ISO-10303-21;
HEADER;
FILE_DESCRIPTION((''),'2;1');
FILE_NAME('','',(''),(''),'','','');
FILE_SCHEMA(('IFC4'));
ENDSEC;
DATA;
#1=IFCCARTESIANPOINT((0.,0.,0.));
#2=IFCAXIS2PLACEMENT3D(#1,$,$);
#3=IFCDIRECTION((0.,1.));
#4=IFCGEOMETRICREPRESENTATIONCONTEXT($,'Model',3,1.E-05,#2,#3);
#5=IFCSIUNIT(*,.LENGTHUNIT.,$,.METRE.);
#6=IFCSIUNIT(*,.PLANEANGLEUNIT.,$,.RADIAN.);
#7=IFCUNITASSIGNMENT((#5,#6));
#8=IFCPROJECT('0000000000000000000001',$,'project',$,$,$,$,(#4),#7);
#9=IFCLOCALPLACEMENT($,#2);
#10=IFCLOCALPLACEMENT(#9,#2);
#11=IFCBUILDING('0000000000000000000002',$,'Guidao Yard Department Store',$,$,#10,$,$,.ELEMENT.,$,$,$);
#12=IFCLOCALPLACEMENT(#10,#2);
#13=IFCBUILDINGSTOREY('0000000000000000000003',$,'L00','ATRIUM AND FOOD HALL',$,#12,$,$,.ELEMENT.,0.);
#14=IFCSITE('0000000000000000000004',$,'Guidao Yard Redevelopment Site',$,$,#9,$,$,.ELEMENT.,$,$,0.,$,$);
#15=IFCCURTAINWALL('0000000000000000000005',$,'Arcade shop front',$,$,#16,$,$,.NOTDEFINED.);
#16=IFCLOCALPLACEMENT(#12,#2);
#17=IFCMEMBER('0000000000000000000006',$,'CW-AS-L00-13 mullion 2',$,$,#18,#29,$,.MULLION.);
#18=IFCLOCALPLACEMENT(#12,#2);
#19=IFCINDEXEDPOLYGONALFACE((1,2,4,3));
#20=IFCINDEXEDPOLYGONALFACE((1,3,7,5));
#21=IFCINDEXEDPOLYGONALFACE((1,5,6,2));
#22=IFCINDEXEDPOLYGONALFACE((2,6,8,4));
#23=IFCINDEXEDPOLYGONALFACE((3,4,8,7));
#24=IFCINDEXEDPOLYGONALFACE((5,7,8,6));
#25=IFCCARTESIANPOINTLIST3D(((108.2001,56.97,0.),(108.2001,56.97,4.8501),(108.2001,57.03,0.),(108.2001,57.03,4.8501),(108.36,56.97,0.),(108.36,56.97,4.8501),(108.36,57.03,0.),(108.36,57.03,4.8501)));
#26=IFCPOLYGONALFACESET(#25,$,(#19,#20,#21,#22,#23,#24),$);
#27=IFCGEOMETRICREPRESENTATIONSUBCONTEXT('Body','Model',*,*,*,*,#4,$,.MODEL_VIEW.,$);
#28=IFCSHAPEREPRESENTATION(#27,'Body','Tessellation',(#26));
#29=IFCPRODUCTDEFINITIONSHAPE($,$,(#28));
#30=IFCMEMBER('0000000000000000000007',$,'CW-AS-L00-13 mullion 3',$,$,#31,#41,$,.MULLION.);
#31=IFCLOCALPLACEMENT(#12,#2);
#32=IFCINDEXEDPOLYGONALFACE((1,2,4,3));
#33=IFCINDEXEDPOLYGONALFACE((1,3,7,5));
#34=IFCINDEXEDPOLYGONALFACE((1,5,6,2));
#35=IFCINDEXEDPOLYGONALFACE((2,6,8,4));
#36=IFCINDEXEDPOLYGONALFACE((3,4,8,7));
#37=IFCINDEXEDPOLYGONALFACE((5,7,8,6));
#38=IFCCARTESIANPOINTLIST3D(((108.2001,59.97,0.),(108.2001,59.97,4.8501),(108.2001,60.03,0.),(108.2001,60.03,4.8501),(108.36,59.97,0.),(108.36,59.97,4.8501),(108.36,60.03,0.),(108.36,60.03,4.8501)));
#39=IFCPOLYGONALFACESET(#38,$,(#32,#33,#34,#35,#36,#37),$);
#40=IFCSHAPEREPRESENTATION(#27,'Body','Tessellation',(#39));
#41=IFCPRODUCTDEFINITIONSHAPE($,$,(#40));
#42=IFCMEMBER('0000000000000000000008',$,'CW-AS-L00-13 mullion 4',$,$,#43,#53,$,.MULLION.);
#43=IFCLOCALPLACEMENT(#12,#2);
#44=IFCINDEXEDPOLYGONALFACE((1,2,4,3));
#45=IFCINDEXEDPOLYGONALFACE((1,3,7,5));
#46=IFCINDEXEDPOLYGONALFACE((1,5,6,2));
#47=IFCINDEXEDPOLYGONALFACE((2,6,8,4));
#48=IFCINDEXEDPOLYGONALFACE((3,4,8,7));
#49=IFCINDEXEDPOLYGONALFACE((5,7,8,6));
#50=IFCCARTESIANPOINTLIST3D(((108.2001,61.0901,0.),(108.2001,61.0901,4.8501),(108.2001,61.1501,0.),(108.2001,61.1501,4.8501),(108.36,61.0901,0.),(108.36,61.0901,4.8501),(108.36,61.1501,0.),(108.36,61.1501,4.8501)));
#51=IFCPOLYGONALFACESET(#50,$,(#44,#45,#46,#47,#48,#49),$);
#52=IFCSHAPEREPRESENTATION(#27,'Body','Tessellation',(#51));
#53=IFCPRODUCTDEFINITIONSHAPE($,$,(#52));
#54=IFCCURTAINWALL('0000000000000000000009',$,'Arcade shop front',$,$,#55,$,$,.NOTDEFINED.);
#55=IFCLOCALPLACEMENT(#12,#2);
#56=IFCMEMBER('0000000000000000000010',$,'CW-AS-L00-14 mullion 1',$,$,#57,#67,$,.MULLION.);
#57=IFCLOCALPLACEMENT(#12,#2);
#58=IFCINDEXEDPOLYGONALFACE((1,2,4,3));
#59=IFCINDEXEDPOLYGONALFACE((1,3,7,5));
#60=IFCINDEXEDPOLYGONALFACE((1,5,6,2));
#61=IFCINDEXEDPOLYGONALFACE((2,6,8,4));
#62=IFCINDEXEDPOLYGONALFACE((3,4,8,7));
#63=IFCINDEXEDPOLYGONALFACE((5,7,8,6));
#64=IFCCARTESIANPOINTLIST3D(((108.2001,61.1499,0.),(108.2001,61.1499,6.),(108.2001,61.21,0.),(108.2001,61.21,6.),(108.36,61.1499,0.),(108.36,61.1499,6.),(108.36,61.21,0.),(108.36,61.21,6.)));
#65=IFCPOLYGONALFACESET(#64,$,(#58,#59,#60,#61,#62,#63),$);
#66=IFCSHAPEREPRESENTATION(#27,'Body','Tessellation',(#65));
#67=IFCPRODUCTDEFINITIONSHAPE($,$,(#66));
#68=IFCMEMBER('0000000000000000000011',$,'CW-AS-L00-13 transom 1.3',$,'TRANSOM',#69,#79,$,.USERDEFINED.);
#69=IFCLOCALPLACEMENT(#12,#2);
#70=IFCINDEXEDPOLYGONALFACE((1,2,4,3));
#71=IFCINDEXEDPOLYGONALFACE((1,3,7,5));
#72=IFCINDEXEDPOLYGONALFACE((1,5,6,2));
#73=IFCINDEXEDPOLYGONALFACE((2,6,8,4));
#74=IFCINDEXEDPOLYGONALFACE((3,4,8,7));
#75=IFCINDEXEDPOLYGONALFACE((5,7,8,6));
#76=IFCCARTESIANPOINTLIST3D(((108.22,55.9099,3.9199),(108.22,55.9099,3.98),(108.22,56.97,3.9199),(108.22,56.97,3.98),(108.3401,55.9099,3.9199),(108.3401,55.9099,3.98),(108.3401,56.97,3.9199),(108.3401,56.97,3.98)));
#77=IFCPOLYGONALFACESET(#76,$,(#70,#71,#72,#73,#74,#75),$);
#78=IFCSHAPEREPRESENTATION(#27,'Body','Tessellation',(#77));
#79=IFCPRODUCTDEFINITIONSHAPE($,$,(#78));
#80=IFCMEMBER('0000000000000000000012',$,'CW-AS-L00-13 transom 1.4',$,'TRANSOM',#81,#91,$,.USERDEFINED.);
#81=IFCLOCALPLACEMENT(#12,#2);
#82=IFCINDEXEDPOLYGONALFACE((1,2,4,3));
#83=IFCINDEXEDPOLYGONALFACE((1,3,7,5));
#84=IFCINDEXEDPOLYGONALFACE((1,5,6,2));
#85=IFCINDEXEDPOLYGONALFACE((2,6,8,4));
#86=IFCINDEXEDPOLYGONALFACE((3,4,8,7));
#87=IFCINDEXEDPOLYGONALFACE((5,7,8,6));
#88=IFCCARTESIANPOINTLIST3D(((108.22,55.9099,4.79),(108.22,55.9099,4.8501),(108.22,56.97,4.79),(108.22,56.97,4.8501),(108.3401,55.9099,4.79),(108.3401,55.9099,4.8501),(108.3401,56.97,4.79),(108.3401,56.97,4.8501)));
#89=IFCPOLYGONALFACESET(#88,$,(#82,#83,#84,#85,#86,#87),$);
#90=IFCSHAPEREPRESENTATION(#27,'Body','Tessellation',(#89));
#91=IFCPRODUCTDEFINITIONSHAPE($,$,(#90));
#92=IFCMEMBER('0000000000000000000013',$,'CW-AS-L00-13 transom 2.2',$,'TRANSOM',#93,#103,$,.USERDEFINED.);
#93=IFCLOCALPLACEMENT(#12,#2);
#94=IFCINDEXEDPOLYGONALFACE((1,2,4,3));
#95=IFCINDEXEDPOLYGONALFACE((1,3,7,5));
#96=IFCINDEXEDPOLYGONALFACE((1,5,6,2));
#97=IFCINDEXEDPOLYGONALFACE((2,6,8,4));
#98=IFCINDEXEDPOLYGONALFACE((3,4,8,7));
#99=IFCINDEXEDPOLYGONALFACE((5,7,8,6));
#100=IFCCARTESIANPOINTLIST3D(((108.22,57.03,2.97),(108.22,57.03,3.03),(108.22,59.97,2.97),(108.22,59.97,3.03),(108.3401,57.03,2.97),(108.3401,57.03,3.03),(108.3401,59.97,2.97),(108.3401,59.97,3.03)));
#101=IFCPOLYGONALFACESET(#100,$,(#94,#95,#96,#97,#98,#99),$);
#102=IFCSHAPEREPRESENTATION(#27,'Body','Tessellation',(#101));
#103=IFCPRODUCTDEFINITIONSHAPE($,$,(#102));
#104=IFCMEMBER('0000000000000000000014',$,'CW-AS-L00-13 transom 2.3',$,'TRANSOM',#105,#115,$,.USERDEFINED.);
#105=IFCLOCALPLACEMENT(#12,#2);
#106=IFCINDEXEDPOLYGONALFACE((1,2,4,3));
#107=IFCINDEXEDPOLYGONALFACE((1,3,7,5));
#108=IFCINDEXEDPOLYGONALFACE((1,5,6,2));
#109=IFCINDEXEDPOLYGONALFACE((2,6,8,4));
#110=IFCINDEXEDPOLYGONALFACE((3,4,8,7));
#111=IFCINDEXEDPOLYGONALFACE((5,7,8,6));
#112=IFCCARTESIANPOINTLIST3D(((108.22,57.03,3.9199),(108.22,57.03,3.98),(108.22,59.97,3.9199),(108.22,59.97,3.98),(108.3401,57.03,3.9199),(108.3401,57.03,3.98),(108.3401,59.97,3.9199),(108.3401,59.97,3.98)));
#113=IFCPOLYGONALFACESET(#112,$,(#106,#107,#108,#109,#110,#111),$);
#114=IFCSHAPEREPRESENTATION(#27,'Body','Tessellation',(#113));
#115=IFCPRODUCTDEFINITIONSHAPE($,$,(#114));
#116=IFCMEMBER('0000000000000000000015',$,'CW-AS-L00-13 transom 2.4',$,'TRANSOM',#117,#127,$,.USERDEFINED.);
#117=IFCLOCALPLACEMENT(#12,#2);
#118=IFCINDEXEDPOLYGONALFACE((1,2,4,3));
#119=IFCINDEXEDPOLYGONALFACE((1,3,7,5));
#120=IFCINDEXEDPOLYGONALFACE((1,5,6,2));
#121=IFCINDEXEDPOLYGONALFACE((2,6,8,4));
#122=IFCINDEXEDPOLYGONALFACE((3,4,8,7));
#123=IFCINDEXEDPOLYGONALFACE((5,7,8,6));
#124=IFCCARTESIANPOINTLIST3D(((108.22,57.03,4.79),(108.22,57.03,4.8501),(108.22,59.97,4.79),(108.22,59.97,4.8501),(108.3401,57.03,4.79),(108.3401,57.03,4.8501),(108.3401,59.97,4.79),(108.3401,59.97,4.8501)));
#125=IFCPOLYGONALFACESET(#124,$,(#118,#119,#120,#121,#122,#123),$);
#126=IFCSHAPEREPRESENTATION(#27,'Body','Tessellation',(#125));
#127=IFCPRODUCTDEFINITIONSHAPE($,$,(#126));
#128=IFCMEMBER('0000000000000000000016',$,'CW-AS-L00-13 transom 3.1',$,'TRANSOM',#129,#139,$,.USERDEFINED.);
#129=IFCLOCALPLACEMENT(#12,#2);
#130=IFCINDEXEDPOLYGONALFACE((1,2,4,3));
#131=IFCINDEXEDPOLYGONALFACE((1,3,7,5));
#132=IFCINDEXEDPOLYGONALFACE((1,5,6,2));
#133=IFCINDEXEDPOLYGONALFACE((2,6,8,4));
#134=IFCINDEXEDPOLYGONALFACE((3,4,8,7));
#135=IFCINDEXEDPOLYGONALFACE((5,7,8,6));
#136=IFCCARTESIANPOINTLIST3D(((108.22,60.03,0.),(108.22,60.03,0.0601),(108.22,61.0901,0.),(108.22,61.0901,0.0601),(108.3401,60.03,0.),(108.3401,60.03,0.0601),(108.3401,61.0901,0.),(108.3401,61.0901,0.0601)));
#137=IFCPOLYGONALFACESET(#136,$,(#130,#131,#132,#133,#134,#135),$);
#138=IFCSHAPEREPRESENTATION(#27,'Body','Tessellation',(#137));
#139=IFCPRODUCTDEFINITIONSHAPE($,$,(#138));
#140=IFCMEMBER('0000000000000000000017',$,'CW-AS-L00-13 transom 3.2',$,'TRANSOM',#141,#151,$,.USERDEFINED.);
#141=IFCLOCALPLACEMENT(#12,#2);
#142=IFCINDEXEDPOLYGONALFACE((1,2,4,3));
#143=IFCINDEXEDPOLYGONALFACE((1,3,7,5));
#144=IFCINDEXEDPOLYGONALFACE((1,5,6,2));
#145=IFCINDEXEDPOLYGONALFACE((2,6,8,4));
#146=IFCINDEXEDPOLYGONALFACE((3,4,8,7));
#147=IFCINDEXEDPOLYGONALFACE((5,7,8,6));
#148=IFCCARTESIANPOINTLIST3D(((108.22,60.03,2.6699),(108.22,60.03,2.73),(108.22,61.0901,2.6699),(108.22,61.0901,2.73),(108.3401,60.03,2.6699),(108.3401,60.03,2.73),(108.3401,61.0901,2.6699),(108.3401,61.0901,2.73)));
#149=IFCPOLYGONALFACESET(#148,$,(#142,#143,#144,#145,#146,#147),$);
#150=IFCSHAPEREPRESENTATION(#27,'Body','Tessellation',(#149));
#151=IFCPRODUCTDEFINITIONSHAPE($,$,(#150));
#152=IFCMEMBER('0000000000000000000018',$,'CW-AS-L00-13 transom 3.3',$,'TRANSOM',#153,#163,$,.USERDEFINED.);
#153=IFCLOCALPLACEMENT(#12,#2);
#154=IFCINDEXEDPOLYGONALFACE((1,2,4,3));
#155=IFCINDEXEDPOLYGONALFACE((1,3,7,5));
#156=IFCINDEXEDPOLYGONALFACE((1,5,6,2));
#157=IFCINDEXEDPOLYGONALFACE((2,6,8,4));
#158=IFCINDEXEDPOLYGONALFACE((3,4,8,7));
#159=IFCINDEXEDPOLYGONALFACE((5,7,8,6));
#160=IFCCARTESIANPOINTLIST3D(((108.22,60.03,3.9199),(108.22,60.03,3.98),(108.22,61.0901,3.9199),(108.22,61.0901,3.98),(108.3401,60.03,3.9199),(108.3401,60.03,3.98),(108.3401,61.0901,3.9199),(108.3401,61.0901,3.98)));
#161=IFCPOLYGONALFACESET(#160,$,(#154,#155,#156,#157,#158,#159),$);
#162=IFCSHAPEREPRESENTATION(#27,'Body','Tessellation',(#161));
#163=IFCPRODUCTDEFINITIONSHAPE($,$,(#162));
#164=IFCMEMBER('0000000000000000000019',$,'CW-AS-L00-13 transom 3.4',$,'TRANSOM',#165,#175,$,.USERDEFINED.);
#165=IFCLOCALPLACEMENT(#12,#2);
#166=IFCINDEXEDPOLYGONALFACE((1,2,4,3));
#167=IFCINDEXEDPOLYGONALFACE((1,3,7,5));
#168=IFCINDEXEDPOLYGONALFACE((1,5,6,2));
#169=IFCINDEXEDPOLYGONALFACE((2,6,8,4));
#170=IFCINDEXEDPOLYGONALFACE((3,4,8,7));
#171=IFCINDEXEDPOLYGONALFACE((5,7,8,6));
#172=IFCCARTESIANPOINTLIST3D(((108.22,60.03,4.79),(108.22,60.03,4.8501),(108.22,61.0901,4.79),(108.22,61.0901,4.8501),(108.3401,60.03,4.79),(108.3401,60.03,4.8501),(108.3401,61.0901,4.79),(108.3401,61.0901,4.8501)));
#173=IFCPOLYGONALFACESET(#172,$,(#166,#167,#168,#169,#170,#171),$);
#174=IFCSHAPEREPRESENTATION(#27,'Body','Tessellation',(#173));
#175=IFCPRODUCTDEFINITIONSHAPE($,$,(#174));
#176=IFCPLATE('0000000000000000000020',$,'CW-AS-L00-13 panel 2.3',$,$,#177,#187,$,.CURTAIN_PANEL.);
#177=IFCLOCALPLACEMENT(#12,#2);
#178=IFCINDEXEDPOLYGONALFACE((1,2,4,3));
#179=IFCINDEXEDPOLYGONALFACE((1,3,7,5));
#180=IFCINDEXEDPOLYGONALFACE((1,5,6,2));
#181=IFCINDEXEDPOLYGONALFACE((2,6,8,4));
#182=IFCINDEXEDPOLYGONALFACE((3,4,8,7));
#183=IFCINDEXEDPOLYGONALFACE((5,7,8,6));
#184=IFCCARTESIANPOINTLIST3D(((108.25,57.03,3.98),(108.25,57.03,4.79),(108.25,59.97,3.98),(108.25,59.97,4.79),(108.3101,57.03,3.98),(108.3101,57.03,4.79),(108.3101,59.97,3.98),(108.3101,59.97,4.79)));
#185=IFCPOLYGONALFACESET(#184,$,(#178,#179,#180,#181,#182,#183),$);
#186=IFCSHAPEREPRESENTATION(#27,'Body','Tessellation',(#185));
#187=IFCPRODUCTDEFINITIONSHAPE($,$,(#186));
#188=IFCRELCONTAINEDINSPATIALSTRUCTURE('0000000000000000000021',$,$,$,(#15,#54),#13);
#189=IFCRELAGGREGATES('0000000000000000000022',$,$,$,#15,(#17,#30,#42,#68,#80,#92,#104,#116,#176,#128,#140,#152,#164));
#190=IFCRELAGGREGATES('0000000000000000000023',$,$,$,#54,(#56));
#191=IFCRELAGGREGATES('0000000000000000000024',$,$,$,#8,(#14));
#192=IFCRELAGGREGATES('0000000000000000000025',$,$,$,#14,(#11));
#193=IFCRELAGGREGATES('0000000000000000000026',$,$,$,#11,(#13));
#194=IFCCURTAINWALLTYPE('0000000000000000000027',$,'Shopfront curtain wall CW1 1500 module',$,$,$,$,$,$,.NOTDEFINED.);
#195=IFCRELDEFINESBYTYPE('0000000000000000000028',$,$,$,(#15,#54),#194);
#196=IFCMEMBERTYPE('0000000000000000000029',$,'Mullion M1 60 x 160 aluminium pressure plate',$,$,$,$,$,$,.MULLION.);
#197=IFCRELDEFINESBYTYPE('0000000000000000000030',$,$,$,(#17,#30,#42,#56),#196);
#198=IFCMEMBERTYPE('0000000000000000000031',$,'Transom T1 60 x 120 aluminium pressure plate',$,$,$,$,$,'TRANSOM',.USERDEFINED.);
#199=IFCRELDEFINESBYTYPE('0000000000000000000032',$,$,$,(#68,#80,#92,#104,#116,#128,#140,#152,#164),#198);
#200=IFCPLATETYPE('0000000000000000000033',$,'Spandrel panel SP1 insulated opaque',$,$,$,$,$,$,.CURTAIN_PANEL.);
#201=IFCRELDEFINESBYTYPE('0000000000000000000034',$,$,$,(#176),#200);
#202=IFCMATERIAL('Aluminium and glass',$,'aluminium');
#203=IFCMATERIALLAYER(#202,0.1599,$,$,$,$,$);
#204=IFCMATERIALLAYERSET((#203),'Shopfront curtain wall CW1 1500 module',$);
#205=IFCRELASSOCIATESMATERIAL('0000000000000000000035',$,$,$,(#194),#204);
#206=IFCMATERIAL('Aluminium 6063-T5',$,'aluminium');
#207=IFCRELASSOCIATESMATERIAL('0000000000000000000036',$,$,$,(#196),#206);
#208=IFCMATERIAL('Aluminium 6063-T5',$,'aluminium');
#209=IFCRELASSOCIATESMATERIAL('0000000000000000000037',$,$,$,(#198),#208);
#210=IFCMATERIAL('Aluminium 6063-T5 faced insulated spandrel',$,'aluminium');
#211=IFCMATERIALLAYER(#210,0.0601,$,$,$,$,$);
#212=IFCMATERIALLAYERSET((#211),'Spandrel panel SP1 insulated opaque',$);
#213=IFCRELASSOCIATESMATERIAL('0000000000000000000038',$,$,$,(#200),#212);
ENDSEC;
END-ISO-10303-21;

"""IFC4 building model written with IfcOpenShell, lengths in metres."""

from ifc_helpers import new_model, si_unit, direction, frame, origin, origin_2d, place, context, subcontext, project, spatial, rectangle, extrude, material, layer, layer_set, material_profile, profile_set, type_object, element, aggregate, save


model = new_model("IFC4")

# Units and contexts
model_context = context("Model", 3, precision=1e-05, world=origin(), true_north=direction((0.0, 1.0)))
body_context = subcontext(model_context, "Body", "Model", "MODEL_VIEW")
ifc_project = project(units=[si_unit("LENGTHUNIT", "METRE"), si_unit("PLANEANGLEUNIT", "RADIAN")], contexts=[model_context])

# Site, building, storey
site_placement = place(None, origin())
site = spatial("IfcSite", under=ifc_project, at=site_placement, Name="Guidao Yard Redevelopment Site", CompositionType="ELEMENT", RefElevation=0.0)
building_placement = place(site_placement, origin())
building = spatial("IfcBuilding", under=site, at=building_placement, Name="Guidao Yard Department Store", CompositionType="ELEMENT")
storey_placement = place(building_placement, origin())
storey = spatial("IfcBuildingStorey", under=building, at=storey_placement, Name="L00", Description="ATRIUM AND FOOD HALL", CompositionType="ELEMENT", Elevation=0.0)

# Curtain wall, members
ifc_material_1 = material(Name="Aluminium and glass", Category="aluminium")
ifc_layer_1 = layer(ifc_material_1, 0.1599)
ifc_layer_set_1 = layer_set([ifc_layer_1], Name="Shopfront curtain wall CW1 1500 module")
curtain_wall_type = type_object("IfcCurtainWallType", Name="Shopfront curtain wall CW1 1500 module", PredefinedType="NOTDEFINED", material=ifc_layer_set_1)
curtain_wall_1_placement = place(storey_placement, origin())
curtain_wall_1 = element("IfcCurtainWall", 1, at=curtain_wall_1_placement, inside=storey, type_object=curtain_wall_type, Name="Arcade shop front", PredefinedType="NOTDEFINED")
ifc_material_2 = material(Name="Aluminium 6063-T5", Category="aluminium")
ifc_material_profile_1 = material_profile(ifc_material_2, rectangle(XDim=0.0601, YDim=0.1599, at=origin_2d()), Name="Mullion M1 60 x 160 aluminium pressure plate")
ifc_profile_set_1 = profile_set([ifc_material_profile_1], Name="Aluminium 6063-T5")
member_type_1 = type_object("IfcMemberType", Name="Mullion M1 60 x 160 aluminium pressure plate", PredefinedType="MULLION", material=ifc_profile_set_1)
member_1_placement = place(storey_placement, frame((108.28, 57.0, 0.0), z_axis=(0.0, 0.0, 1.0), x_axis=(0.0, -1.0, 0.0)))
member_1 = element("IfcMember", 2, at=member_1_placement, type_object=member_type_1, Name="CW-AS-L00-13 mullion 2", PredefinedType="MULLION", context=body_context, shape_type="SweptSolid", body=[
    extrude(rectangle(XDim=0.0601, YDim=0.1599, at=origin_2d()), origin(), (0.0, 0.0, 1.0), 4.8501),
])
member_2_placement = place(storey_placement, frame((108.28, 60.0, 0.0), z_axis=(0.0, 0.0, 1.0), x_axis=(0.0, -1.0, 0.0)))
member_2 = element("IfcMember", 3, at=member_2_placement, type_object=member_type_1, Name="CW-AS-L00-13 mullion 3", PredefinedType="MULLION", context=body_context, shape_type="SweptSolid", body=[
    extrude(rectangle(XDim=0.0601, YDim=0.1599, at=origin_2d()), origin(), (0.0, 0.0, 1.0), 4.8501),
])
member_3_placement = place(storey_placement, frame((108.28, 61.1201, 0.0), z_axis=(0.0, 0.0, 1.0), x_axis=(0.0, -1.0, 0.0)))
member_3 = element("IfcMember", 4, at=member_3_placement, type_object=member_type_1, Name="CW-AS-L00-13 mullion 4", PredefinedType="MULLION", context=body_context, shape_type="SweptSolid", body=[
    extrude(rectangle(XDim=0.0601, YDim=0.1599, at=origin_2d()), origin(), (0.0, 0.0, 1.0), 4.8501),
])

# Curtain wall, member
curtain_wall_2_placement = place(storey_placement, origin())
curtain_wall_2 = element("IfcCurtainWall", 5, at=curtain_wall_2_placement, inside=storey, type_object=curtain_wall_type, Name="Arcade shop front", PredefinedType="NOTDEFINED")
member_4_placement = place(storey_placement, frame((108.28, 61.1799, 0.0), z_axis=(0.0, 0.0, 1.0), x_axis=(0.0, -1.0, 0.0)))
member_4 = element("IfcMember", 6, at=member_4_placement, type_object=member_type_1, Name="CW-AS-L00-14 mullion 1", PredefinedType="MULLION", context=body_context, shape_type="SweptSolid", body=[
    extrude(rectangle(XDim=0.0601, YDim=0.1599, at=origin_2d()), origin(), (0.0, 0.0, 1.0), 6.0),
])

# Members
ifc_material_3 = material(Name="Aluminium 6063-T5", Category="aluminium")
ifc_material_profile_2 = material_profile(ifc_material_3, rectangle(XDim=0.1201, YDim=0.0601, at=origin_2d()), Name="Transom T1 60 x 120 aluminium pressure plate")
ifc_profile_set_2 = profile_set([ifc_material_profile_2], Name="Aluminium 6063-T5")
member_type_2 = type_object("IfcMemberType", Name="Transom T1 60 x 120 aluminium pressure plate", ElementType="TRANSOM", PredefinedType="USERDEFINED", material=ifc_profile_set_2)
member_5_placement = place(storey_placement, frame((108.28, 56.97, 3.95), z_axis=(0.0, -1.0, 0.0), x_axis=(1.0, 0.0, 0.0)))
member_5 = element("IfcMember", 7, at=member_5_placement, type_object=member_type_2, Name="CW-AS-L00-13 transom 1.3", ObjectType="TRANSOM", PredefinedType="USERDEFINED", context=body_context, shape_type="SweptSolid", body=[
    extrude(rectangle(XDim=0.1201, YDim=0.0601, at=origin_2d()), origin(), (0.0, 0.0, 1.0), 1.0601),
])
member_6_placement = place(storey_placement, frame((108.28, 56.97, 4.8201), z_axis=(0.0, -1.0, 0.0), x_axis=(1.0, 0.0, 0.0)))
member_6 = element("IfcMember", 8, at=member_6_placement, type_object=member_type_2, Name="CW-AS-L00-13 transom 1.4", ObjectType="TRANSOM", PredefinedType="USERDEFINED", context=body_context, shape_type="SweptSolid", body=[
    extrude(rectangle(XDim=0.1201, YDim=0.0601, at=origin_2d()), origin(), (0.0, 0.0, 1.0), 1.0601),
])
member_7_placement = place(storey_placement, frame((108.28, 59.97, 3.0), z_axis=(0.0, -1.0, 0.0), x_axis=(1.0, 0.0, 0.0)))
member_7 = element("IfcMember", 9, at=member_7_placement, type_object=member_type_2, Name="CW-AS-L00-13 transom 2.2", ObjectType="TRANSOM", PredefinedType="USERDEFINED", context=body_context, shape_type="SweptSolid", body=[
    extrude(rectangle(XDim=0.1201, YDim=0.0601, at=origin_2d()), origin(), (0.0, 0.0, 1.0), 2.9399),
])
member_8_placement = place(storey_placement, frame((108.28, 59.97, 3.95), z_axis=(0.0, -1.0, 0.0), x_axis=(1.0, 0.0, 0.0)))
member_8 = element("IfcMember", 10, at=member_8_placement, type_object=member_type_2, Name="CW-AS-L00-13 transom 2.3", ObjectType="TRANSOM", PredefinedType="USERDEFINED", context=body_context, shape_type="SweptSolid", body=[
    extrude(rectangle(XDim=0.1201, YDim=0.0601, at=origin_2d()), origin(), (0.0, 0.0, 1.0), 2.9399),
])
member_9_placement = place(storey_placement, frame((108.28, 59.97, 4.8201), z_axis=(0.0, -1.0, 0.0), x_axis=(1.0, 0.0, 0.0)))
member_9 = element("IfcMember", 11, at=member_9_placement, type_object=member_type_2, Name="CW-AS-L00-13 transom 2.4", ObjectType="TRANSOM", PredefinedType="USERDEFINED", context=body_context, shape_type="SweptSolid", body=[
    extrude(rectangle(XDim=0.1201, YDim=0.0601, at=origin_2d()), origin(), (0.0, 0.0, 1.0), 2.9399),
])
member_10_placement = place(storey_placement, frame((108.28, 61.0901, 0.03), z_axis=(0.0, -1.0, 0.0), x_axis=(1.0, 0.0, 0.0)))
member_10 = element("IfcMember", 12, at=member_10_placement, type_object=member_type_2, Name="CW-AS-L00-13 transom 3.1", ObjectType="TRANSOM", PredefinedType="USERDEFINED", context=body_context, shape_type="SweptSolid", body=[
    extrude(rectangle(XDim=0.1201, YDim=0.0601, at=origin_2d()), origin(), (0.0, 0.0, 1.0), 1.0601),
])
member_11_placement = place(storey_placement, frame((108.28, 61.0901, 2.7), z_axis=(0.0, -1.0, 0.0), x_axis=(1.0, 0.0, 0.0)))
member_11 = element("IfcMember", 13, at=member_11_placement, type_object=member_type_2, Name="CW-AS-L00-13 transom 3.2", ObjectType="TRANSOM", PredefinedType="USERDEFINED", context=body_context, shape_type="SweptSolid", body=[
    extrude(rectangle(XDim=0.1201, YDim=0.0601, at=origin_2d()), origin(), (0.0, 0.0, 1.0), 1.0601),
])
member_12_placement = place(storey_placement, frame((108.28, 61.0901, 3.95), z_axis=(0.0, -1.0, 0.0), x_axis=(1.0, 0.0, 0.0)))
member_12 = element("IfcMember", 14, at=member_12_placement, type_object=member_type_2, Name="CW-AS-L00-13 transom 3.3", ObjectType="TRANSOM", PredefinedType="USERDEFINED", context=body_context, shape_type="SweptSolid", body=[
    extrude(rectangle(XDim=0.1201, YDim=0.0601, at=origin_2d()), origin(), (0.0, 0.0, 1.0), 1.0601),
])
member_13_placement = place(storey_placement, frame((108.28, 61.0901, 4.8201), z_axis=(0.0, -1.0, 0.0), x_axis=(1.0, 0.0, 0.0)))
member_13 = element("IfcMember", 15, at=member_13_placement, type_object=member_type_2, Name="CW-AS-L00-13 transom 3.4", ObjectType="TRANSOM", PredefinedType="USERDEFINED", context=body_context, shape_type="SweptSolid", body=[
    extrude(rectangle(XDim=0.1201, YDim=0.0601, at=origin_2d()), origin(), (0.0, 0.0, 1.0), 1.0601),
])

# Plate
ifc_material_4 = material(Name="Aluminium 6063-T5 faced insulated spandrel", Category="aluminium")
ifc_layer_2 = layer(ifc_material_4, 0.0601)
ifc_layer_set_2 = layer_set([ifc_layer_2], Name="Spandrel panel SP1 insulated opaque")
plate_type_1 = type_object("IfcPlateType", Name="Spandrel panel SP1 insulated opaque", PredefinedType="CURTAIN_PANEL", material=ifc_layer_set_2)
plate_1_placement = place(storey_placement, frame((108.28, 58.5, 3.98), z_axis=(0.0, 0.0, 1.0), x_axis=(0.0, -1.0, 0.0)))
plate_1 = element("IfcPlate", 16, at=plate_1_placement, type_object=plate_type_1, Name="CW-AS-L00-13 panel 2.3", PredefinedType="CURTAIN_PANEL", context=body_context, shape_type="SweptSolid", body=[
    extrude(rectangle(XDim=2.9399, YDim=0.0601, at=origin_2d()), origin(), (0.0, 0.0, 1.0), 0.8101),
])
aggregate(curtain_wall_1, [member_1, member_2, member_3, member_5, member_6, member_7, member_8, member_9, plate_1, member_10, member_11, member_12, member_13])
aggregate(curtain_wall_2, [member_4])

save(model, "model.ifc")
